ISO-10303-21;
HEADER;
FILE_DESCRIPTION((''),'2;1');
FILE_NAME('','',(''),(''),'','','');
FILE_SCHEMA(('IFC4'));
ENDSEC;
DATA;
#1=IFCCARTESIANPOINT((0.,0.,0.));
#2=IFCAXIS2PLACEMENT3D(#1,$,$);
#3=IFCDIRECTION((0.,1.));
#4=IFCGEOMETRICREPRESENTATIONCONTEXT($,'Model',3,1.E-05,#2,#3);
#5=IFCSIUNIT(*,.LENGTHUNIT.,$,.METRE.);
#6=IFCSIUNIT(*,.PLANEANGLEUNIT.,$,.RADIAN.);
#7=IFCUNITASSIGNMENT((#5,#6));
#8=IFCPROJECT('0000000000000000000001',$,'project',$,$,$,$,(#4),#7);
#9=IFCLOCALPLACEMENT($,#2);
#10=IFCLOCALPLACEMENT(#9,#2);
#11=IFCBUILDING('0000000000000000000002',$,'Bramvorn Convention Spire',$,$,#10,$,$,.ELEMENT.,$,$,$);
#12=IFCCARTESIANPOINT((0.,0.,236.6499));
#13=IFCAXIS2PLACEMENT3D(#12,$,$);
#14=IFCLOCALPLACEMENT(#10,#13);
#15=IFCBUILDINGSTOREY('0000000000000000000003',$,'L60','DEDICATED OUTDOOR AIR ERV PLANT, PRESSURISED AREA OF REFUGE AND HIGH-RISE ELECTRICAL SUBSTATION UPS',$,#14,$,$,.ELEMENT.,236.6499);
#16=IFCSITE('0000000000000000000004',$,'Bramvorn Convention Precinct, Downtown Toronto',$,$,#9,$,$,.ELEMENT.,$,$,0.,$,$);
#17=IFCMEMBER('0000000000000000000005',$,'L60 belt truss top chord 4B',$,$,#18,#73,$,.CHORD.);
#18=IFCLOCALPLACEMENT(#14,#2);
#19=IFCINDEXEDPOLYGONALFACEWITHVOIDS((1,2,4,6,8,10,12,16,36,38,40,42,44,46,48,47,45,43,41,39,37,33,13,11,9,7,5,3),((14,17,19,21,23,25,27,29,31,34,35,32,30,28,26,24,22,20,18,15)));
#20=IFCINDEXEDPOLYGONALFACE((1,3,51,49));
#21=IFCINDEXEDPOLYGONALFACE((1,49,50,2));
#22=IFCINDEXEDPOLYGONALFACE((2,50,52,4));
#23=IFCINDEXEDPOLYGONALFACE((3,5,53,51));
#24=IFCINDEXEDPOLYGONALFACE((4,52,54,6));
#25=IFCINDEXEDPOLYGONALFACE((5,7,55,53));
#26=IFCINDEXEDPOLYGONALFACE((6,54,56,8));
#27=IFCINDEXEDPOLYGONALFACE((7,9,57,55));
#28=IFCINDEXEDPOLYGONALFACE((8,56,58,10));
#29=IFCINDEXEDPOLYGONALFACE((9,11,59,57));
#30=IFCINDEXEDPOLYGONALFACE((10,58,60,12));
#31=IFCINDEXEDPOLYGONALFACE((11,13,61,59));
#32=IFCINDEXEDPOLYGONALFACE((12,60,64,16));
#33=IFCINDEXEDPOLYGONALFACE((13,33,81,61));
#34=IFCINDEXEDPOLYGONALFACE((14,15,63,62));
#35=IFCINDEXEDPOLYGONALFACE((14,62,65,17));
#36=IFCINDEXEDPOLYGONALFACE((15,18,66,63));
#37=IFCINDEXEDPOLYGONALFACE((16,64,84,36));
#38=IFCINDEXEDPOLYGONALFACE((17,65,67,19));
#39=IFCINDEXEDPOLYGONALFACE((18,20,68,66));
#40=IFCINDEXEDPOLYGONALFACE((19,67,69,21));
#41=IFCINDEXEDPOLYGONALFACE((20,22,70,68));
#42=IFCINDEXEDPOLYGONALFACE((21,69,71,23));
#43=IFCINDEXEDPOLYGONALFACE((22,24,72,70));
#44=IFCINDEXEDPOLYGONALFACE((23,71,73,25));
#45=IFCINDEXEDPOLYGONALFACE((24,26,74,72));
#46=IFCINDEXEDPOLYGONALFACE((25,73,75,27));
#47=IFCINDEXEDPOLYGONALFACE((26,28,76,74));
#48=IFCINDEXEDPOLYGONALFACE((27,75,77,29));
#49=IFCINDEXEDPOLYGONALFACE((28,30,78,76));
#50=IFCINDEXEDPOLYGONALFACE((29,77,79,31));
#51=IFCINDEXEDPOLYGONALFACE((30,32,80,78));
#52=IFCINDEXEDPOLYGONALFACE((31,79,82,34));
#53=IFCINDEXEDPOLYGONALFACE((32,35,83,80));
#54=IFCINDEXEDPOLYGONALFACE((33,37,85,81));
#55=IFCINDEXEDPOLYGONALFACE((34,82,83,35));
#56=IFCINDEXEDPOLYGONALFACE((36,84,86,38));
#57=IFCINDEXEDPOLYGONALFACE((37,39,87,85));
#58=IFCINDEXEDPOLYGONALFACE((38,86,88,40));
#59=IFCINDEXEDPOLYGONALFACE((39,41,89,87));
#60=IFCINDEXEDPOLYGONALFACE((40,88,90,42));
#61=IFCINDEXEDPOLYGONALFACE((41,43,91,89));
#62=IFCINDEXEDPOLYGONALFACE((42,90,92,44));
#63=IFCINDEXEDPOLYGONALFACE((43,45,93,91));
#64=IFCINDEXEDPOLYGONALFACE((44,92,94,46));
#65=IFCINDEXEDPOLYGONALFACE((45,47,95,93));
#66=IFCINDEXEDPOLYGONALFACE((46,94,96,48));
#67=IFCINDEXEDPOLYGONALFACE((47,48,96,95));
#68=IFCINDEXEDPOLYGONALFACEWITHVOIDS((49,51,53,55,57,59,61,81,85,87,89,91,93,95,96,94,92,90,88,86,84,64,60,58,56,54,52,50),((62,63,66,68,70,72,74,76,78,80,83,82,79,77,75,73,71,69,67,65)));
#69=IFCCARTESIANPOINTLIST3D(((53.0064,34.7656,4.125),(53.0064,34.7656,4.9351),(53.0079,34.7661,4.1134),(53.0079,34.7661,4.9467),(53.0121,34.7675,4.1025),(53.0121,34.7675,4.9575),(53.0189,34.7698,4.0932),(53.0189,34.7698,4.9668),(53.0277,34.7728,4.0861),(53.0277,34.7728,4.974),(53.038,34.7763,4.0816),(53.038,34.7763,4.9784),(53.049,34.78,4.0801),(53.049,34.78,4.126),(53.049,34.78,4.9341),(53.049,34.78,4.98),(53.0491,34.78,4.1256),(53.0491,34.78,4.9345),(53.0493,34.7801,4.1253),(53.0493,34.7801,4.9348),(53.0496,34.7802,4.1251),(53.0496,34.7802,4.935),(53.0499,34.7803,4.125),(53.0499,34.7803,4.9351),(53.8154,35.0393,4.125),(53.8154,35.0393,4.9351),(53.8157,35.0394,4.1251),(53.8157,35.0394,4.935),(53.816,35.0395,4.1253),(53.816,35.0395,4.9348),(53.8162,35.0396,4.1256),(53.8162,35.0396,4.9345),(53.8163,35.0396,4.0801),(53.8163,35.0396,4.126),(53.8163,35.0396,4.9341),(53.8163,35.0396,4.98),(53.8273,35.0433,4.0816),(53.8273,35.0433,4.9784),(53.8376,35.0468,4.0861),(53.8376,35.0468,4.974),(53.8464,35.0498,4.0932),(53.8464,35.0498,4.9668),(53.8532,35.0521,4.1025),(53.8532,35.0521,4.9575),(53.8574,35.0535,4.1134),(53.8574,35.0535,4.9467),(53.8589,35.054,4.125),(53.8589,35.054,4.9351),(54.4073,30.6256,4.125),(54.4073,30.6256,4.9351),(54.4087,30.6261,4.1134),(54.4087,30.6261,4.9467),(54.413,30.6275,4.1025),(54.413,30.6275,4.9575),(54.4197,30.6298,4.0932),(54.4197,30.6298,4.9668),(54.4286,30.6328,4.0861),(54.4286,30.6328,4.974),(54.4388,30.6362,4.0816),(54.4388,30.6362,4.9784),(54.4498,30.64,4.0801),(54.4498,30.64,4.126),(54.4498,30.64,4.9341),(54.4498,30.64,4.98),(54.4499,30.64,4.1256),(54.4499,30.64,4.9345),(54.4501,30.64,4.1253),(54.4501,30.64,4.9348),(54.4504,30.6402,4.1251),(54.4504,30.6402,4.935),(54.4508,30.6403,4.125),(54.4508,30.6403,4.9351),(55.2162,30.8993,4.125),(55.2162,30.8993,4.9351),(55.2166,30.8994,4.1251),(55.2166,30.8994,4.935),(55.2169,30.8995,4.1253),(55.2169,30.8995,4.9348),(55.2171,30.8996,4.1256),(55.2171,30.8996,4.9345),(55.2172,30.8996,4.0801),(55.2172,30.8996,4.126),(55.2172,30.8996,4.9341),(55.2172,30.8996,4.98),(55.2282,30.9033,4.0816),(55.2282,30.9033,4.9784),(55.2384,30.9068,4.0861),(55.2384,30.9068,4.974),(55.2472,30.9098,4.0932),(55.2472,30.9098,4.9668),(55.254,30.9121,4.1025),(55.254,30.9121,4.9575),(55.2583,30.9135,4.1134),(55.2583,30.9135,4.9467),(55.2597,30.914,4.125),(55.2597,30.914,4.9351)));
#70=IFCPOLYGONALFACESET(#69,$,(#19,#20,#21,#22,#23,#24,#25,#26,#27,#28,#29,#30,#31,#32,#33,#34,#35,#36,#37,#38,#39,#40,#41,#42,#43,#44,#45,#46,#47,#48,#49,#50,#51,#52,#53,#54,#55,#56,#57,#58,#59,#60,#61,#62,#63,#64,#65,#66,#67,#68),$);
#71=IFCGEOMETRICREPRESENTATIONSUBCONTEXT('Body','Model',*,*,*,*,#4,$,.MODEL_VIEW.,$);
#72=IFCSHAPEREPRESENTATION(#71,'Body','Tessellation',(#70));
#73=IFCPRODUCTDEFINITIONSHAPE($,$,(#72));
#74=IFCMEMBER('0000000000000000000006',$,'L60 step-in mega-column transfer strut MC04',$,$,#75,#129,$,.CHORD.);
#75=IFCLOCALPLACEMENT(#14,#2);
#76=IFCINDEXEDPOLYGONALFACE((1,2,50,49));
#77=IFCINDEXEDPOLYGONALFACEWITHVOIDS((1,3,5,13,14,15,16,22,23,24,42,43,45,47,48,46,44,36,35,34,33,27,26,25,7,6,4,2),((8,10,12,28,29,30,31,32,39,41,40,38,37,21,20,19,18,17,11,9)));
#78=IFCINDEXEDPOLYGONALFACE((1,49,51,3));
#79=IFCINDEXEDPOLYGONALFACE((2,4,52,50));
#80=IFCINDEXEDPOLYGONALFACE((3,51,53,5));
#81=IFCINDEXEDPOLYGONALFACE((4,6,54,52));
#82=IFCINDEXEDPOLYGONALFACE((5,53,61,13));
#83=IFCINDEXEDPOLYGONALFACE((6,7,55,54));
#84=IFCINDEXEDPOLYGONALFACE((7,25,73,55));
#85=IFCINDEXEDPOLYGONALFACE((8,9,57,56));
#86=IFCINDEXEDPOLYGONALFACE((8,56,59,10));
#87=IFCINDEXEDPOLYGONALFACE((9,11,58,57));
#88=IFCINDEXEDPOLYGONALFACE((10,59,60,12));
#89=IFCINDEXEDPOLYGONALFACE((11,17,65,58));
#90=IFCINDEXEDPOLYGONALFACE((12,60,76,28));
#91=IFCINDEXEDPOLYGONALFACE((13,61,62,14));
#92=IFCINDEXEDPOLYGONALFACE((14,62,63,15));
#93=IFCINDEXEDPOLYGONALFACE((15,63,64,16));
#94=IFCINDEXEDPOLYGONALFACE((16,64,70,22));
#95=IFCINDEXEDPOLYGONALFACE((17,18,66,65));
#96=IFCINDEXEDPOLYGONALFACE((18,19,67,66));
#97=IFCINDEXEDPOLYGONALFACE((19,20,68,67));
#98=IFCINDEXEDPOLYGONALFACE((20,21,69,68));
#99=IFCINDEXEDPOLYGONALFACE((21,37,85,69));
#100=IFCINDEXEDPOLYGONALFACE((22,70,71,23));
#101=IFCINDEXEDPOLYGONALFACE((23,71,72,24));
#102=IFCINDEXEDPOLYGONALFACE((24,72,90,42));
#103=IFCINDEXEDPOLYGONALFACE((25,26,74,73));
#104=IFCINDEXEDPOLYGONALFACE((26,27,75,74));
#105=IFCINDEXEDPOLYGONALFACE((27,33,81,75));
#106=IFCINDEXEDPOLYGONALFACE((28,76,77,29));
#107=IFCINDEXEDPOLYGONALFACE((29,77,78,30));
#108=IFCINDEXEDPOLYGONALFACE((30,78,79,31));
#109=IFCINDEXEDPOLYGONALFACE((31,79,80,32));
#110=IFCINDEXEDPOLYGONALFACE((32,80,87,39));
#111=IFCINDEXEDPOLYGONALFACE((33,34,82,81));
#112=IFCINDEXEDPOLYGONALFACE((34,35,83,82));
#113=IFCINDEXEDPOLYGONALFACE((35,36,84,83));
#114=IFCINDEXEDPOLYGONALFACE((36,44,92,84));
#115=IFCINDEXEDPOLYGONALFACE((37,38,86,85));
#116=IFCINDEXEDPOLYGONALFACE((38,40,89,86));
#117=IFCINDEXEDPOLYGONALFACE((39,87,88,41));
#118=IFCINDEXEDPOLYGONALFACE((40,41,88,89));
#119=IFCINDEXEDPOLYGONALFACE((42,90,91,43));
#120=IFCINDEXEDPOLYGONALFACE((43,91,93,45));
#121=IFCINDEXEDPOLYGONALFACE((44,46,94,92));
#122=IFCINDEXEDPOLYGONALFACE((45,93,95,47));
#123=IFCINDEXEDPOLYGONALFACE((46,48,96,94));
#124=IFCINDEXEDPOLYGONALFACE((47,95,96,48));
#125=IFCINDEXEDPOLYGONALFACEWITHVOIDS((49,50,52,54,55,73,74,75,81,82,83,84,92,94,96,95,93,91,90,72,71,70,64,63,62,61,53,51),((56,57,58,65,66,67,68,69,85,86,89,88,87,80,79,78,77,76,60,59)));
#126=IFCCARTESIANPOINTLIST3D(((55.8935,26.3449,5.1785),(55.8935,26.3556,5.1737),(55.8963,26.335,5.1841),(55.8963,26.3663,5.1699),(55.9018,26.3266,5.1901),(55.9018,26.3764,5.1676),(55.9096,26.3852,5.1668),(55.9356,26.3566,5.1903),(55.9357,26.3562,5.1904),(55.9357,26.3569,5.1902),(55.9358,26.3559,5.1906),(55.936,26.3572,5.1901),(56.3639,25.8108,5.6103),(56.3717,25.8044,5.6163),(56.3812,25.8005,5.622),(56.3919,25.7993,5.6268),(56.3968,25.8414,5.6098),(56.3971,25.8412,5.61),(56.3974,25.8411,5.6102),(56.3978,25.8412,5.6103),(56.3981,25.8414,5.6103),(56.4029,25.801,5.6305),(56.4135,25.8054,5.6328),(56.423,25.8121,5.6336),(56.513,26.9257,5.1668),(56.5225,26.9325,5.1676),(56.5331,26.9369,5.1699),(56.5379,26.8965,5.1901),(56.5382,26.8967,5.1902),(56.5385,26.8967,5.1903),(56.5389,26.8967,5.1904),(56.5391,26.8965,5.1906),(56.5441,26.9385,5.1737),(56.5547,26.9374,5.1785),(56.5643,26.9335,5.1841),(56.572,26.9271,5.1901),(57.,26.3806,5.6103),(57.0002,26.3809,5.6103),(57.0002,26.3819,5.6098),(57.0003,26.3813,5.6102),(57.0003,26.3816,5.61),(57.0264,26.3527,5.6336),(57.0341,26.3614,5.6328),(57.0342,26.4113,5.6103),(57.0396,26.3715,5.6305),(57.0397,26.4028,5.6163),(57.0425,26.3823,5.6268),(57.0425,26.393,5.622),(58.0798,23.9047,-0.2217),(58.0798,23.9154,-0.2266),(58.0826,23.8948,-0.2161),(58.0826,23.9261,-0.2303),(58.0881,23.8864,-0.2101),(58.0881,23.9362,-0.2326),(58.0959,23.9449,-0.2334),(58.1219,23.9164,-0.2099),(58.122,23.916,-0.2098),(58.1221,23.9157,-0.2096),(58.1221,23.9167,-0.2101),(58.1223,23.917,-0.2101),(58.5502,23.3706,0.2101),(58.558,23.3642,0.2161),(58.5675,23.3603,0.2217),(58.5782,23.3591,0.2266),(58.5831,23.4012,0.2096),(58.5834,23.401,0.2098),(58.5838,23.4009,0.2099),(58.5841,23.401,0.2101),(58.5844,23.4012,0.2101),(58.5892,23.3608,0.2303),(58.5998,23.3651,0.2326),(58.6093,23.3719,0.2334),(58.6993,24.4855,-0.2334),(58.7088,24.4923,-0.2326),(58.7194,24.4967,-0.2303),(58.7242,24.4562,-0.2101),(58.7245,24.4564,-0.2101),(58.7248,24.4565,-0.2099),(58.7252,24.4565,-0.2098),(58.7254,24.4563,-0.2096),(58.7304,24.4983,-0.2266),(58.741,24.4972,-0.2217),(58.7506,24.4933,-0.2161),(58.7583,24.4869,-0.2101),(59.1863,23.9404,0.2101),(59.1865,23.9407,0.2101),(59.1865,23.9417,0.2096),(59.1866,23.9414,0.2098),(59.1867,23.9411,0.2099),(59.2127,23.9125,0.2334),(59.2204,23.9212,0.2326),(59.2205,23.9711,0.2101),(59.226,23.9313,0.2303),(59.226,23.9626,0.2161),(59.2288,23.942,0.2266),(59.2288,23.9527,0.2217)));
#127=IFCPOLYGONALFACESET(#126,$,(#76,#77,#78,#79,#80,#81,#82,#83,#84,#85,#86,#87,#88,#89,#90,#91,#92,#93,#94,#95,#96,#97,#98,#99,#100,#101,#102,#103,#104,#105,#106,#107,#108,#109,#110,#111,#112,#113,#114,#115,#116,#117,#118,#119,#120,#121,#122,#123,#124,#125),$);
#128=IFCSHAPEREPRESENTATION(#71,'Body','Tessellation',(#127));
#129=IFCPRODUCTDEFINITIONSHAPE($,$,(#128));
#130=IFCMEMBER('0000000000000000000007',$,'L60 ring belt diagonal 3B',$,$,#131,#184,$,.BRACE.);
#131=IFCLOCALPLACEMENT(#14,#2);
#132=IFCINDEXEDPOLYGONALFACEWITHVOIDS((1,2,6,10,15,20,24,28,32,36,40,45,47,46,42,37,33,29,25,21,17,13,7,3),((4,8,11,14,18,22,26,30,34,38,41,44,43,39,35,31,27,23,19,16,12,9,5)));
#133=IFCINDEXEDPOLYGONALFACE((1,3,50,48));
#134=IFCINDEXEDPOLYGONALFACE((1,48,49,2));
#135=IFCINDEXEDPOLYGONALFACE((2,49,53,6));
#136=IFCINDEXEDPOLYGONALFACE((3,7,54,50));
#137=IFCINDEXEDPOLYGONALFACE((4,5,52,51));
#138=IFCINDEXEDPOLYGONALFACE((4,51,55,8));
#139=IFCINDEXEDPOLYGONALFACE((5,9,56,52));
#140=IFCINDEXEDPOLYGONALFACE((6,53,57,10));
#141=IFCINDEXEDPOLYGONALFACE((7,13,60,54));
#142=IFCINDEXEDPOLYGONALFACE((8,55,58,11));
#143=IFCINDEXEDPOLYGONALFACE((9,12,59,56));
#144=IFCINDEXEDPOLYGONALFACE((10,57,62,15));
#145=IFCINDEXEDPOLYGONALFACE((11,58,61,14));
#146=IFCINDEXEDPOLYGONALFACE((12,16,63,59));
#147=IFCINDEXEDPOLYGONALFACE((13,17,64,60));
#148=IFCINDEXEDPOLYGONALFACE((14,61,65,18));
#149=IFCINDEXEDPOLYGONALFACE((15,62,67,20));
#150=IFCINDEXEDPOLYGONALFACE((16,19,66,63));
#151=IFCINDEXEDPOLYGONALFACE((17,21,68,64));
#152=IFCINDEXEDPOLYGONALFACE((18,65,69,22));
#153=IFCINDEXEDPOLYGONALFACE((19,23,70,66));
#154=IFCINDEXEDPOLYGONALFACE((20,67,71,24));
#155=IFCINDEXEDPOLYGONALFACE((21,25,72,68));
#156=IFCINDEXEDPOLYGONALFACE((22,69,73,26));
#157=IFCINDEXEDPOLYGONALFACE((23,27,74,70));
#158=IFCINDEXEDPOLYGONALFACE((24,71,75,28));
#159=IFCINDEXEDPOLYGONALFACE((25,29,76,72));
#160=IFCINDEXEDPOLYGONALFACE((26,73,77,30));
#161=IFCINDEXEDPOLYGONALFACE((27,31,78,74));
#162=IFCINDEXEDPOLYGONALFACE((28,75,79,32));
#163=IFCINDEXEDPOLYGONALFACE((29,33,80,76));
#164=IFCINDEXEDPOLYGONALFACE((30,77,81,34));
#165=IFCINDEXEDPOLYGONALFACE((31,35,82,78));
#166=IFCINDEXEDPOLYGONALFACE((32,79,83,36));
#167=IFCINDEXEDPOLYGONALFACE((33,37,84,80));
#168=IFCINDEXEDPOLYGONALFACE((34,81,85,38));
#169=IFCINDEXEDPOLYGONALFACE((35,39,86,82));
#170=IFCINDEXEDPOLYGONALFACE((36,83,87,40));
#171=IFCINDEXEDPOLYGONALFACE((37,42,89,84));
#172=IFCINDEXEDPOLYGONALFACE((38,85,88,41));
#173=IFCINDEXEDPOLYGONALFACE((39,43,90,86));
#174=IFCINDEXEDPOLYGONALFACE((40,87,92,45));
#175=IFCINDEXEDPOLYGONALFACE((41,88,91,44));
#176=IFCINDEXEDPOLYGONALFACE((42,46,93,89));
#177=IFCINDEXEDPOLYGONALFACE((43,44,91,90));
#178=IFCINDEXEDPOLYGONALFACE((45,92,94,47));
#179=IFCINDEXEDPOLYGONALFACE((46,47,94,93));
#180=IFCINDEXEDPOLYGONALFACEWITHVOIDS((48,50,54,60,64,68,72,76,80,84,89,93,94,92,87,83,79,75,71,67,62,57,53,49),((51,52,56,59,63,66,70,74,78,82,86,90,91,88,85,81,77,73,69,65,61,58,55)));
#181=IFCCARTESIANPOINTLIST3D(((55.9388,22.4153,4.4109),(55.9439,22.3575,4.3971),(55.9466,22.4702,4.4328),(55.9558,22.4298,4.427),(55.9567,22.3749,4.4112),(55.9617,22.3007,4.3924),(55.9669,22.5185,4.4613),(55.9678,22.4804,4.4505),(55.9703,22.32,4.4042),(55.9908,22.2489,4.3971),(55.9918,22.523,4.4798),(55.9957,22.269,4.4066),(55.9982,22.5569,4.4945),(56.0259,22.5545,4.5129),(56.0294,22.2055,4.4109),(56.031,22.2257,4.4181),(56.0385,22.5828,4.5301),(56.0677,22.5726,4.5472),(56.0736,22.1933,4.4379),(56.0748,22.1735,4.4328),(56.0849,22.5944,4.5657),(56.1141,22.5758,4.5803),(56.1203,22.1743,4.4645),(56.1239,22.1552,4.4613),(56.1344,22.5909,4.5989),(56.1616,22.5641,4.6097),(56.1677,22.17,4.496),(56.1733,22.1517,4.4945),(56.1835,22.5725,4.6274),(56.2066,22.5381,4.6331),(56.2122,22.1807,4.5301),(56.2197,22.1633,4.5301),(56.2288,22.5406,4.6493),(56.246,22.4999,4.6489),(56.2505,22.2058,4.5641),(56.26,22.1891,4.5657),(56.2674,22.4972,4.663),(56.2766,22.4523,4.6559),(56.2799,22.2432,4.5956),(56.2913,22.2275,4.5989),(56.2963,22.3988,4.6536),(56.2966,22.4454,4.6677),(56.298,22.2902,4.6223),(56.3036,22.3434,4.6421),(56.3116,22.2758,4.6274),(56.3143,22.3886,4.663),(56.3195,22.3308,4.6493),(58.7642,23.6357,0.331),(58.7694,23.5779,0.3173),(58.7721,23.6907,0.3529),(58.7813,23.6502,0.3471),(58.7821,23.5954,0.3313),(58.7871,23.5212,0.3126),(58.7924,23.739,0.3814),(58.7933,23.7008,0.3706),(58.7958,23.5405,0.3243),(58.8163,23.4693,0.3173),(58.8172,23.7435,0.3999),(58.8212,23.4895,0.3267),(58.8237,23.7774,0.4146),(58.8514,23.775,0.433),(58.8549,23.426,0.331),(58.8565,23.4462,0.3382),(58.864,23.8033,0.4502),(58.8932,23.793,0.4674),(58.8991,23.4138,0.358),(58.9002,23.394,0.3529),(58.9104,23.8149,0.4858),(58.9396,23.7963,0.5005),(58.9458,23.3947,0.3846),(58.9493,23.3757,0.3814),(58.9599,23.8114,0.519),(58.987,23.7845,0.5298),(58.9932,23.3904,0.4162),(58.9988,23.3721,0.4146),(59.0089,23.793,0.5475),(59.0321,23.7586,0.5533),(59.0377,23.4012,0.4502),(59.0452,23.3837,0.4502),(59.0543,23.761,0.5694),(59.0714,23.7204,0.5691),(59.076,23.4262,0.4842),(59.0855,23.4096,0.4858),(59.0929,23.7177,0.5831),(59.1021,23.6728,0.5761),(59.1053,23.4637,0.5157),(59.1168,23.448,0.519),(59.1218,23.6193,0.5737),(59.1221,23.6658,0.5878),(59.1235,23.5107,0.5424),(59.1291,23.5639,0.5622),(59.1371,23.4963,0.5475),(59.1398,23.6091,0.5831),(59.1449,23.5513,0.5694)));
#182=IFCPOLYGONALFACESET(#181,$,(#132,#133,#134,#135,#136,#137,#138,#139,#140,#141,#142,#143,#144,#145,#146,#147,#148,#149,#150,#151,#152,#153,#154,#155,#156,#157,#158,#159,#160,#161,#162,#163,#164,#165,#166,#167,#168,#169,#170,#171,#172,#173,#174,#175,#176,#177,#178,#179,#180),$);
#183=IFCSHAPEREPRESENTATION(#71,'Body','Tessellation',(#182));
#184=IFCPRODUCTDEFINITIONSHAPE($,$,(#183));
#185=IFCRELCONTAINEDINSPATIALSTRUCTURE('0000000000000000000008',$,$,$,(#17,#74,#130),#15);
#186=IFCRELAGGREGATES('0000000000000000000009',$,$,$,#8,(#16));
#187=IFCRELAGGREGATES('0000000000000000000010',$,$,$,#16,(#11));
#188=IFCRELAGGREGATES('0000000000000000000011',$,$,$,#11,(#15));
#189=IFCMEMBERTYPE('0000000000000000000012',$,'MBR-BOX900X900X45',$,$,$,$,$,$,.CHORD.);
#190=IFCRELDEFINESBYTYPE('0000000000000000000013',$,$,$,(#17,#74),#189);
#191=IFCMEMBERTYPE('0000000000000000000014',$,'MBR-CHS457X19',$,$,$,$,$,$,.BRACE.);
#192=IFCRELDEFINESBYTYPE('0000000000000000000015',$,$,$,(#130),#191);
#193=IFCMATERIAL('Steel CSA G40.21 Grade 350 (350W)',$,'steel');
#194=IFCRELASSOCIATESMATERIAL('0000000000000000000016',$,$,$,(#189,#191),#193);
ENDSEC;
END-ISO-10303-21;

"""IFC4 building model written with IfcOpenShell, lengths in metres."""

from ifc_helpers import new_model, si_unit, direction, frame, origin, origin_2d, place, context, subcontext, project, spatial, hollow_rectangle, hollow_circle, extrude, material, material_profile, profile_set, type_object, element, save


model = new_model("IFC4")

# Units and contexts
model_context = context("Model", 3, precision=1e-05, world=origin(), true_north=direction((0.0, 1.0)))
body_context = subcontext(model_context, "Body", "Model", "MODEL_VIEW")
ifc_project = project(units=[si_unit("LENGTHUNIT", "METRE"), si_unit("PLANEANGLEUNIT", "RADIAN")], contexts=[model_context])

# Site, building, storey
site_placement = place(None, origin())
site = spatial("IfcSite", under=ifc_project, at=site_placement, Name="Bramvorn Convention Precinct, Downtown Toronto", CompositionType="ELEMENT", RefElevation=0.0)
building_placement = place(site_placement, origin())
building = spatial("IfcBuilding", under=site, at=building_placement, Name="Bramvorn Convention Spire", CompositionType="ELEMENT")
storey_placement = place(building_placement, frame((0.0, 0.0, 236.6499)))
storey = spatial("IfcBuildingStorey", under=building, at=storey_placement, Name="L60", Description="DEDICATED OUTDOOR AIR ERV PLANT, PRESSURISED AREA OF REFUGE AND HIGH-RISE ELECTRICAL SUBSTATION UPS", CompositionType="ELEMENT", Elevation=236.6499)

# Shared definitions
ifc_material_1 = material(Name="Steel CSA G40.21 Grade 350 (350W)", Category="steel")

# Members
ifc_material_profile_1 = material_profile(ifc_material_1, hollow_rectangle(XDim=0.8999, YDim=0.8999, WallThickness=0.0449, InnerFilletRadius=0.001, OuterFilletRadius=0.0449, at=origin_2d()))
ifc_profile_set_1 = profile_set([ifc_material_profile_1], Name="Steel CSA G40.21 Grade 350 (350W) - BOX900X900X45")
member_type_1 = type_object("IfcMemberType", Name="MBR-BOX900X900X45", PredefinedType="CHORD", material=ifc_profile_set_1)
member_1_placement = place(storey_placement, frame((54.8335, 30.7698, 4.53), z_axis=(-0.320514, 0.947244, 0.0), x_axis=(-0.947244, -0.320514, 0.0)))
element("IfcMember", 1, at=member_1_placement, inside=storey, type_object=member_type_1, Name="L60 belt truss top chord 4B", PredefinedType="CHORD", context=body_context, shape_type="SweptSolid", body=[
    extrude(hollow_rectangle(XDim=0.8999, YDim=0.8999, WallThickness=0.0449, InnerFilletRadius=0.001, OuterFilletRadius=0.0449, at=origin_2d()), origin(), (0.0, 0.0, 1.0), 4.3706),
])
member_2_placement = place(storey_placement, frame((58.6543, 23.9287, 0.0), z_axis=(-0.346132, 0.38633, 0.854951), x_axis=(-0.744793, -0.667296, 0.0)))
element("IfcMember", 2, at=member_2_placement, inside=storey, type_object=member_type_1, Name="L60 step-in mega-column transfer strut MC04", PredefinedType="CHORD", context=body_context, shape_type="SweptSolid", body=[
    extrude(hollow_rectangle(XDim=0.8999, YDim=0.8999, WallThickness=0.0449, InnerFilletRadius=0.001, OuterFilletRadius=0.0449, at=origin_2d()), origin(), (0.0, 0.0, 1.0), 6.3164),
])
ifc_material_profile_2 = material_profile(ifc_material_1, hollow_circle(Radius=0.2285, WallThickness=0.019, at=origin_2d()))
ifc_profile_set_2 = profile_set([ifc_material_profile_2], Name="Steel CSA G40.21 Grade 350 (350W) - CHS457X19")
member_type_2 = type_object("IfcMemberType", Name="MBR-CHS457X19", PredefinedType="BRACE", material=ifc_profile_set_2)
member_3_placement = place(storey_placement, frame((58.9546, 23.5935, 0.4502), z_axis=(-0.552865, -0.238812, 0.798317), x_axis=(0.396541, -0.918017, 0.0)))
element("IfcMember", 3, at=member_3_placement, inside=storey, type_object=member_type_2, Name="L60 ring belt diagonal 3B", PredefinedType="BRACE", context=body_context, shape_type="SweptSolid", body=[
    extrude(hollow_circle(Radius=0.2285, WallThickness=0.019, at=origin_2d()), origin(), (0.0, 0.0, 1.0), 5.1106),
])

save(model, "model.ifc")
